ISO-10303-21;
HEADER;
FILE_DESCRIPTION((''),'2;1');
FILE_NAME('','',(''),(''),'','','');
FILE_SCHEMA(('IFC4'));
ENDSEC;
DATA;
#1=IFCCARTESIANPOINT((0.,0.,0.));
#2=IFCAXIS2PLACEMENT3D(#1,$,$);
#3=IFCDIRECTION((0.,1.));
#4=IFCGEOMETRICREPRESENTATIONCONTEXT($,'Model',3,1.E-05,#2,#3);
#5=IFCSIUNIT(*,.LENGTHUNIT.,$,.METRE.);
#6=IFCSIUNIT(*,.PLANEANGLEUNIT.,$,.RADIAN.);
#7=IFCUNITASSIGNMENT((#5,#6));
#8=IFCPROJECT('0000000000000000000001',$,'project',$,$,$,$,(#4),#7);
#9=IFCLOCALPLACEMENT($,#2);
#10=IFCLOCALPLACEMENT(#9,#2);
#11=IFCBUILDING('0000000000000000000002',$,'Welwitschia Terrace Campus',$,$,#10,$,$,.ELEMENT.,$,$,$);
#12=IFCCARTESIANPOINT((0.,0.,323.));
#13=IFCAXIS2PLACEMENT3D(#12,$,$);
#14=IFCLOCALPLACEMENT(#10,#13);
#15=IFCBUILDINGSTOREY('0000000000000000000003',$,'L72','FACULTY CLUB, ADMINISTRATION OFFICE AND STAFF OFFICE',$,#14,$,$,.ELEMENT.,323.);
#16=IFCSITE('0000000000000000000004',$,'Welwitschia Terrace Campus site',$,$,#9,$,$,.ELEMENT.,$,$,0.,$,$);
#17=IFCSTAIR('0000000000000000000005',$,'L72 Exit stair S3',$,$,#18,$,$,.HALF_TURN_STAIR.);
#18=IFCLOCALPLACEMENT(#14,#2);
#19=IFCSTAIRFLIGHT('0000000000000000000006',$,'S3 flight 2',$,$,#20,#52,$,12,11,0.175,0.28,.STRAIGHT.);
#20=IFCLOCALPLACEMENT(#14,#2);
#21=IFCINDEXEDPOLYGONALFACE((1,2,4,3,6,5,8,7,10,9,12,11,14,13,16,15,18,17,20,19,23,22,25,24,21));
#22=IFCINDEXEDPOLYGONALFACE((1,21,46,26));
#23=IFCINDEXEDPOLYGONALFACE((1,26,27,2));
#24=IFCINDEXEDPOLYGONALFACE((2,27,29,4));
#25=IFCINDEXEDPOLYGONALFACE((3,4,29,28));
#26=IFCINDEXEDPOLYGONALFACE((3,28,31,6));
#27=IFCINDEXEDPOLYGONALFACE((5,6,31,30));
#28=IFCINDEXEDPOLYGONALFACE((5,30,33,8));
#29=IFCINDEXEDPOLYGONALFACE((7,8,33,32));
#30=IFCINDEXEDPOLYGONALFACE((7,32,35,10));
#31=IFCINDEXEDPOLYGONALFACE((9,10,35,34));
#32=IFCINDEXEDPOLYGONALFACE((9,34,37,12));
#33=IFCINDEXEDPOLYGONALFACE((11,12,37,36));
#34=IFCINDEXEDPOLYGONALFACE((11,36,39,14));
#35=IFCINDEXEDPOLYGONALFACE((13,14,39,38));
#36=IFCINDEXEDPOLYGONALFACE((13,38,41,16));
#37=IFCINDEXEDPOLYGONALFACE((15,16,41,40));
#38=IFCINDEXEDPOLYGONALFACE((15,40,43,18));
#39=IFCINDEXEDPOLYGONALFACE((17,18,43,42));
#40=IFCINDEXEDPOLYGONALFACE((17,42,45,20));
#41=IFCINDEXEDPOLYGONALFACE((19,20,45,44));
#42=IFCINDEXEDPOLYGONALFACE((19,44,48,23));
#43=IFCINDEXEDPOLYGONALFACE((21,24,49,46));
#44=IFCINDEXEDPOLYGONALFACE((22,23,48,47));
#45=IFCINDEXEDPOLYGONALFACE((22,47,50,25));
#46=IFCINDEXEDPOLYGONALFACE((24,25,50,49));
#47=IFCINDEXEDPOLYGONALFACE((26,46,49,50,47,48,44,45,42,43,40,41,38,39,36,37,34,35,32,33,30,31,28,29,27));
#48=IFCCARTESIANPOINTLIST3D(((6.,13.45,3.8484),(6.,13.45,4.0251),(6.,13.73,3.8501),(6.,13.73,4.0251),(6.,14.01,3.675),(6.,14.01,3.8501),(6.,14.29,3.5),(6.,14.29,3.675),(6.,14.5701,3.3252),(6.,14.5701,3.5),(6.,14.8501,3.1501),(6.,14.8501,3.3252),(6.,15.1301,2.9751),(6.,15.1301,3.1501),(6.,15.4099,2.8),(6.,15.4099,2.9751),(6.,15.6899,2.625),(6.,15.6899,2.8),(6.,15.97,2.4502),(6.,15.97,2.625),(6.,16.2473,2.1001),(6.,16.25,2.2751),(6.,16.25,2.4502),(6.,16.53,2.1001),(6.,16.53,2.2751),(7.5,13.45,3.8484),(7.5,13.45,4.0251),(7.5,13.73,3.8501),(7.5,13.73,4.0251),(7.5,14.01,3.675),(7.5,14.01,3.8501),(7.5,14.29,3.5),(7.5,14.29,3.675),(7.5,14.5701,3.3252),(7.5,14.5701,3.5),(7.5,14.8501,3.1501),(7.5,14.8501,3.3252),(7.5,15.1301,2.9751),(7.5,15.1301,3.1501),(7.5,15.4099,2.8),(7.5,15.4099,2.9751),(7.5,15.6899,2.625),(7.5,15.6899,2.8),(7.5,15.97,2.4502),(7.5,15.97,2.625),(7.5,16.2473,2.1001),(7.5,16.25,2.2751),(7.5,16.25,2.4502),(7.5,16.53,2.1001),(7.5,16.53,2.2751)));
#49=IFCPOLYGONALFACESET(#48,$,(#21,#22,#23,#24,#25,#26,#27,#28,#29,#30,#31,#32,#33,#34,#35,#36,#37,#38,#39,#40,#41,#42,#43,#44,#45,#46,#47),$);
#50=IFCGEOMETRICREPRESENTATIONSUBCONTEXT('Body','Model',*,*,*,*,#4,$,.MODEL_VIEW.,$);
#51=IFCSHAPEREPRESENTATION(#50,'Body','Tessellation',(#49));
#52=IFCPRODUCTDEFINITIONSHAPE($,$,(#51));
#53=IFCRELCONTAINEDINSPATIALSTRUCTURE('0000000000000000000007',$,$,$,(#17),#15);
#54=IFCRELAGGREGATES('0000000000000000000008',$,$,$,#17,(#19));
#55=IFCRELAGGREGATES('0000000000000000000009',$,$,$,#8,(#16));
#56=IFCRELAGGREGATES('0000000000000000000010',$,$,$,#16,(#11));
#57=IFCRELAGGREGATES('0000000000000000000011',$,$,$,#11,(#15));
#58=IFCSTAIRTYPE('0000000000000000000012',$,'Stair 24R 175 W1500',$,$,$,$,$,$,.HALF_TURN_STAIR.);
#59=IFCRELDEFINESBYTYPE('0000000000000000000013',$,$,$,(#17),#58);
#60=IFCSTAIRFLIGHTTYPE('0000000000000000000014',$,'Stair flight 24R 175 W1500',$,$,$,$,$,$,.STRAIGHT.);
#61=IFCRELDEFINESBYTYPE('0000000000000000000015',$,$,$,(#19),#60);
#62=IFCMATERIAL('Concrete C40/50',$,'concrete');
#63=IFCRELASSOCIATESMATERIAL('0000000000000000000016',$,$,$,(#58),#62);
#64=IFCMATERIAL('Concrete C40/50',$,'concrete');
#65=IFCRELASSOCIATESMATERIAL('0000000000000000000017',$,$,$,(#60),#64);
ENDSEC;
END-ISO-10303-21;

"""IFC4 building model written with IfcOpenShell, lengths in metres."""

from ifc_helpers import new_model, si_unit, direction, frame, origin, place, context, subcontext, project, spatial, polyline, outline, extrude, material, type_object, element, aggregate, save


model = new_model("IFC4")

# Units and contexts
model_context = context("Model", 3, precision=1e-05, world=origin(), true_north=direction((0.0, 1.0)))
body_context = subcontext(model_context, "Body", "Model", "MODEL_VIEW")
ifc_project = project(units=[si_unit("LENGTHUNIT", "METRE"), si_unit("PLANEANGLEUNIT", "RADIAN")], contexts=[model_context])

# Site, building, storey
site_placement = place(None, origin())
site = spatial("IfcSite", under=ifc_project, at=site_placement, Name="Welwitschia Terrace Campus site", CompositionType="ELEMENT", RefElevation=0.0)
building_placement = place(site_placement, origin())
building = spatial("IfcBuilding", under=site, at=building_placement, Name="Welwitschia Terrace Campus", CompositionType="ELEMENT")
storey_placement = place(building_placement, frame((0.0, 0.0, 323.0)))
storey = spatial("IfcBuildingStorey", under=building, at=storey_placement, Name="L72", Description="FACULTY CLUB, ADMINISTRATION OFFICE AND STAFF OFFICE", CompositionType="ELEMENT", Elevation=323.0)

# Stair, stair flight
ifc_material_1 = material(Name="Concrete C40/50", Category="concrete")
stair_type = type_object("IfcStairType", Name="Stair 24R 175 W1500", PredefinedType="HALF_TURN_STAIR", material=ifc_material_1)
stair_placement = place(storey_placement, origin())
stair = element("IfcStair", 1, at=stair_placement, inside=storey, type_object=stair_type, Name="L72 Exit stair S3", PredefinedType="HALF_TURN_STAIR")
ifc_material_2 = material(Name="Concrete C40/50", Category="concrete")
stair_flight_type = type_object("IfcStairFlightType", Name="Stair flight 24R 175 W1500", PredefinedType="STRAIGHT", material=ifc_material_2)
stair_flight_placement = place(storey_placement, frame((6.75, 16.53, 2.1001), z_axis=(0.0, 0.0, 1.0), x_axis=(0.0, -1.0, 0.0)))
stair_flight = element("IfcStairFlight", 2, at=stair_flight_placement, type_object=stair_flight_type, Name="S3 flight 2", NumberOfRisers=12, NumberOfTreads=11, PredefinedType="STRAIGHT", RiserHeight=0.175, TreadLength=0.28, context=body_context, shape_type="SweptSolid", body=[
    extrude(outline(polyline([(0.0, 0.0), (0.0, 0.175), (0.28, 0.175), (0.28, 0.3501), (0.5601, 0.3501), (0.5601, 0.5249), (0.8401, 0.5249), (0.8401, 0.7), (1.1201, 0.7), (1.1201, 0.875), (1.3999, 0.875), (1.3999, 1.05), (1.6799, 1.05), (1.6799, 1.2251), (1.96, 1.2251), (1.96, 1.3999), (2.24, 1.3999), (2.24, 1.575), (2.52, 1.575), (2.52, 1.75), (2.8, 1.75), (2.8, 1.925), (3.0801, 1.925), (3.0801, 2.1001), (3.0801, 1.7483), (0.2827, 0.0), (0.0, 0.0)])), frame((0.0, 0.75, 0.0), z_axis=(0.0, -1.0, 0.0), x_axis=(1.0, 0.0, 0.0)), (0.0, 0.0, 1.0), 1.5),
])
aggregate(stair, [stair_flight])

save(model, "model.ifc")
